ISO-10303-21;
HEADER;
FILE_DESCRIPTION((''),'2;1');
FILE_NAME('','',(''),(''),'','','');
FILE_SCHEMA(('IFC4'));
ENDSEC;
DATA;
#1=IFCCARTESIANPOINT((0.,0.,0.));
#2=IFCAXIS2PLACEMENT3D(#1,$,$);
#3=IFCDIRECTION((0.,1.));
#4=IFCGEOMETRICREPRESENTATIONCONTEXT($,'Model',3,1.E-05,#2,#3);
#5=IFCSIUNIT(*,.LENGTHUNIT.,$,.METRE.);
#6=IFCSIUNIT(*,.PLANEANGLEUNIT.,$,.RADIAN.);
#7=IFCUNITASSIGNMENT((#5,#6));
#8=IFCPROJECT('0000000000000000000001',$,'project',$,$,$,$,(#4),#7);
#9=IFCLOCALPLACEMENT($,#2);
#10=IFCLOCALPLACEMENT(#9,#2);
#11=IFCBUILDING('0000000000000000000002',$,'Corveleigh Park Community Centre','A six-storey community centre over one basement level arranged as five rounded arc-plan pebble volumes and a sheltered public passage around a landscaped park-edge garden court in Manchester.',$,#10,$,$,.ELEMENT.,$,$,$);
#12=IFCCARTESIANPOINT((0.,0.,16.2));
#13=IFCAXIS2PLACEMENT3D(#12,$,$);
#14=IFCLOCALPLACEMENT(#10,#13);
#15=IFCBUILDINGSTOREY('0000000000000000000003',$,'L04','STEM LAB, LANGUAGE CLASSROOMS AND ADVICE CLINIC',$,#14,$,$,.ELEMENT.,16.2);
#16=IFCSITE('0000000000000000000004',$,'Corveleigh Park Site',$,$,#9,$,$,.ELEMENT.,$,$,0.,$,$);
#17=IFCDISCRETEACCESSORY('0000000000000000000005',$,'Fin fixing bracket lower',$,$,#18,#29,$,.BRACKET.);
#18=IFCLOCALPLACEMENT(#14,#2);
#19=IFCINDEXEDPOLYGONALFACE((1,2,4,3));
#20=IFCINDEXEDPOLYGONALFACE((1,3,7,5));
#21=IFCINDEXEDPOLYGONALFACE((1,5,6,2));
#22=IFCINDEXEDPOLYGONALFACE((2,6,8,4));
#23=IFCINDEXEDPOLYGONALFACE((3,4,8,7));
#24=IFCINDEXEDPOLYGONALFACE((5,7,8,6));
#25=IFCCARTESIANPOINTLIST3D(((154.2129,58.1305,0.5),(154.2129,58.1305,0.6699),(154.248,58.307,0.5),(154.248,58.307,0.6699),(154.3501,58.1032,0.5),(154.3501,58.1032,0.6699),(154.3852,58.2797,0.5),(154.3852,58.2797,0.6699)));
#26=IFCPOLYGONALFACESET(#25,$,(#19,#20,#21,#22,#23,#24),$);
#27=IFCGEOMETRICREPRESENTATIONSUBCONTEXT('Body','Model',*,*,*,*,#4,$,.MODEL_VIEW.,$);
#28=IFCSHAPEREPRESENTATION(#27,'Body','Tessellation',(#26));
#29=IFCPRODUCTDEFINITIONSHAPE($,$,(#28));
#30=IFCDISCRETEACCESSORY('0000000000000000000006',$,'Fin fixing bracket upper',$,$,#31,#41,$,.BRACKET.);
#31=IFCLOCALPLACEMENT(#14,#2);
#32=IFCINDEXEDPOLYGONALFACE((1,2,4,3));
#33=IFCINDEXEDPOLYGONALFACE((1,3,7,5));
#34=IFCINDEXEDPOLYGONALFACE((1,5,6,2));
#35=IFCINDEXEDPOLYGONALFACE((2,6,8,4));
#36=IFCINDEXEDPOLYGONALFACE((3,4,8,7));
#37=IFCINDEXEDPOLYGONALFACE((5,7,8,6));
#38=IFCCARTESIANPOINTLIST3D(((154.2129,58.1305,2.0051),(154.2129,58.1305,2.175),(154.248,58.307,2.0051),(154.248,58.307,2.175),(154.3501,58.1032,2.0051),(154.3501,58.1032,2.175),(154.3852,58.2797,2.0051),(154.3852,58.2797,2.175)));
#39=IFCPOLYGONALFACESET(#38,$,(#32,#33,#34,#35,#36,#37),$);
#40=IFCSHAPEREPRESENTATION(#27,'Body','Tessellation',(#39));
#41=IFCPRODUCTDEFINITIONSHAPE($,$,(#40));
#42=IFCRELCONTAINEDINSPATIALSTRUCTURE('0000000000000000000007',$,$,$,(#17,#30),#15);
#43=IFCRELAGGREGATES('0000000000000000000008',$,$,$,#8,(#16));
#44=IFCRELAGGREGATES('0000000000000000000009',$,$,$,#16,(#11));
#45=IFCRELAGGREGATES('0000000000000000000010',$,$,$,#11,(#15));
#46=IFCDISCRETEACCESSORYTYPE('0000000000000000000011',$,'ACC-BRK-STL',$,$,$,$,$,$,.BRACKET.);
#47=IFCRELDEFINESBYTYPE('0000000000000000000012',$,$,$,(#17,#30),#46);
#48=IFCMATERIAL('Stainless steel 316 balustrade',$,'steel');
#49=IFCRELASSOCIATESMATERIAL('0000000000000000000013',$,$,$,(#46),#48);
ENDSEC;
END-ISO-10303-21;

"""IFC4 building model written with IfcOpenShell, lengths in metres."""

from ifc_helpers import new_model, si_unit, direction, frame, origin, origin_2d, place, context, subcontext, project, spatial, rectangle, extrude, material, type_object, element, save


model = new_model("IFC4")

# Units and contexts
model_context = context("Model", 3, precision=1e-05, world=origin(), true_north=direction((0.0, 1.0)))
body_context = subcontext(model_context, "Body", "Model", "MODEL_VIEW")
ifc_project = project(units=[si_unit("LENGTHUNIT", "METRE"), si_unit("PLANEANGLEUNIT", "RADIAN")], contexts=[model_context])

# Site, building, storey
site_placement = place(None, origin())
site = spatial("IfcSite", under=ifc_project, at=site_placement, Name="Corveleigh Park Site", CompositionType="ELEMENT", RefElevation=0.0)
building_placement = place(site_placement, origin())
building = spatial("IfcBuilding", under=site, at=building_placement, Name="Corveleigh Park Community Centre", Description="A six-storey community centre over one basement level arranged as five rounded arc-plan pebble volumes and a sheltered public passage around a landscaped park-edge garden court in Manchester.", CompositionType="ELEMENT")
storey_placement = place(building_placement, frame((0.0, 0.0, 16.2)))
storey = spatial("IfcBuildingStorey", under=building, at=storey_placement, Name="L04", Description="STEM LAB, LANGUAGE CLASSROOMS AND ADVICE CLINIC", CompositionType="ELEMENT", Elevation=16.2)

# Shared definitions
ifc_material_1 = material(Name="Stainless steel 316 balustrade", Category="steel")

# Discrete accessories
discrete_accessory_type = type_object("IfcDiscreteAccessoryType", Name="ACC-BRK-STL", PredefinedType="BRACKET", material=ifc_material_1)
for number, where, z_axis, x_axis, name in (
    (1, (154.2991, 58.2051, 0.5), (0.0, 0.0, 1.0), (-0.195166, -0.98077, 0.0), "Fin fixing bracket lower"),
    (2, (154.2991, 58.2051, 2.0051), (0.0, 0.0, 1.0), (-0.195166, -0.98077, 0.0), "Fin fixing bracket upper"),
):
    element("IfcDiscreteAccessory", number, at=place(storey_placement, frame(where, z_axis=z_axis, x_axis=x_axis)), inside=storey, type_object=discrete_accessory_type, Name=name, PredefinedType="BRACKET", context=body_context, shape_type="SweptSolid", body=[
        extrude(rectangle(XDim=0.1799, YDim=0.1399, at=origin_2d()), origin(), (0.0, 0.0, 1.0), 0.1699),
    ])

save(model, "model.ifc")
